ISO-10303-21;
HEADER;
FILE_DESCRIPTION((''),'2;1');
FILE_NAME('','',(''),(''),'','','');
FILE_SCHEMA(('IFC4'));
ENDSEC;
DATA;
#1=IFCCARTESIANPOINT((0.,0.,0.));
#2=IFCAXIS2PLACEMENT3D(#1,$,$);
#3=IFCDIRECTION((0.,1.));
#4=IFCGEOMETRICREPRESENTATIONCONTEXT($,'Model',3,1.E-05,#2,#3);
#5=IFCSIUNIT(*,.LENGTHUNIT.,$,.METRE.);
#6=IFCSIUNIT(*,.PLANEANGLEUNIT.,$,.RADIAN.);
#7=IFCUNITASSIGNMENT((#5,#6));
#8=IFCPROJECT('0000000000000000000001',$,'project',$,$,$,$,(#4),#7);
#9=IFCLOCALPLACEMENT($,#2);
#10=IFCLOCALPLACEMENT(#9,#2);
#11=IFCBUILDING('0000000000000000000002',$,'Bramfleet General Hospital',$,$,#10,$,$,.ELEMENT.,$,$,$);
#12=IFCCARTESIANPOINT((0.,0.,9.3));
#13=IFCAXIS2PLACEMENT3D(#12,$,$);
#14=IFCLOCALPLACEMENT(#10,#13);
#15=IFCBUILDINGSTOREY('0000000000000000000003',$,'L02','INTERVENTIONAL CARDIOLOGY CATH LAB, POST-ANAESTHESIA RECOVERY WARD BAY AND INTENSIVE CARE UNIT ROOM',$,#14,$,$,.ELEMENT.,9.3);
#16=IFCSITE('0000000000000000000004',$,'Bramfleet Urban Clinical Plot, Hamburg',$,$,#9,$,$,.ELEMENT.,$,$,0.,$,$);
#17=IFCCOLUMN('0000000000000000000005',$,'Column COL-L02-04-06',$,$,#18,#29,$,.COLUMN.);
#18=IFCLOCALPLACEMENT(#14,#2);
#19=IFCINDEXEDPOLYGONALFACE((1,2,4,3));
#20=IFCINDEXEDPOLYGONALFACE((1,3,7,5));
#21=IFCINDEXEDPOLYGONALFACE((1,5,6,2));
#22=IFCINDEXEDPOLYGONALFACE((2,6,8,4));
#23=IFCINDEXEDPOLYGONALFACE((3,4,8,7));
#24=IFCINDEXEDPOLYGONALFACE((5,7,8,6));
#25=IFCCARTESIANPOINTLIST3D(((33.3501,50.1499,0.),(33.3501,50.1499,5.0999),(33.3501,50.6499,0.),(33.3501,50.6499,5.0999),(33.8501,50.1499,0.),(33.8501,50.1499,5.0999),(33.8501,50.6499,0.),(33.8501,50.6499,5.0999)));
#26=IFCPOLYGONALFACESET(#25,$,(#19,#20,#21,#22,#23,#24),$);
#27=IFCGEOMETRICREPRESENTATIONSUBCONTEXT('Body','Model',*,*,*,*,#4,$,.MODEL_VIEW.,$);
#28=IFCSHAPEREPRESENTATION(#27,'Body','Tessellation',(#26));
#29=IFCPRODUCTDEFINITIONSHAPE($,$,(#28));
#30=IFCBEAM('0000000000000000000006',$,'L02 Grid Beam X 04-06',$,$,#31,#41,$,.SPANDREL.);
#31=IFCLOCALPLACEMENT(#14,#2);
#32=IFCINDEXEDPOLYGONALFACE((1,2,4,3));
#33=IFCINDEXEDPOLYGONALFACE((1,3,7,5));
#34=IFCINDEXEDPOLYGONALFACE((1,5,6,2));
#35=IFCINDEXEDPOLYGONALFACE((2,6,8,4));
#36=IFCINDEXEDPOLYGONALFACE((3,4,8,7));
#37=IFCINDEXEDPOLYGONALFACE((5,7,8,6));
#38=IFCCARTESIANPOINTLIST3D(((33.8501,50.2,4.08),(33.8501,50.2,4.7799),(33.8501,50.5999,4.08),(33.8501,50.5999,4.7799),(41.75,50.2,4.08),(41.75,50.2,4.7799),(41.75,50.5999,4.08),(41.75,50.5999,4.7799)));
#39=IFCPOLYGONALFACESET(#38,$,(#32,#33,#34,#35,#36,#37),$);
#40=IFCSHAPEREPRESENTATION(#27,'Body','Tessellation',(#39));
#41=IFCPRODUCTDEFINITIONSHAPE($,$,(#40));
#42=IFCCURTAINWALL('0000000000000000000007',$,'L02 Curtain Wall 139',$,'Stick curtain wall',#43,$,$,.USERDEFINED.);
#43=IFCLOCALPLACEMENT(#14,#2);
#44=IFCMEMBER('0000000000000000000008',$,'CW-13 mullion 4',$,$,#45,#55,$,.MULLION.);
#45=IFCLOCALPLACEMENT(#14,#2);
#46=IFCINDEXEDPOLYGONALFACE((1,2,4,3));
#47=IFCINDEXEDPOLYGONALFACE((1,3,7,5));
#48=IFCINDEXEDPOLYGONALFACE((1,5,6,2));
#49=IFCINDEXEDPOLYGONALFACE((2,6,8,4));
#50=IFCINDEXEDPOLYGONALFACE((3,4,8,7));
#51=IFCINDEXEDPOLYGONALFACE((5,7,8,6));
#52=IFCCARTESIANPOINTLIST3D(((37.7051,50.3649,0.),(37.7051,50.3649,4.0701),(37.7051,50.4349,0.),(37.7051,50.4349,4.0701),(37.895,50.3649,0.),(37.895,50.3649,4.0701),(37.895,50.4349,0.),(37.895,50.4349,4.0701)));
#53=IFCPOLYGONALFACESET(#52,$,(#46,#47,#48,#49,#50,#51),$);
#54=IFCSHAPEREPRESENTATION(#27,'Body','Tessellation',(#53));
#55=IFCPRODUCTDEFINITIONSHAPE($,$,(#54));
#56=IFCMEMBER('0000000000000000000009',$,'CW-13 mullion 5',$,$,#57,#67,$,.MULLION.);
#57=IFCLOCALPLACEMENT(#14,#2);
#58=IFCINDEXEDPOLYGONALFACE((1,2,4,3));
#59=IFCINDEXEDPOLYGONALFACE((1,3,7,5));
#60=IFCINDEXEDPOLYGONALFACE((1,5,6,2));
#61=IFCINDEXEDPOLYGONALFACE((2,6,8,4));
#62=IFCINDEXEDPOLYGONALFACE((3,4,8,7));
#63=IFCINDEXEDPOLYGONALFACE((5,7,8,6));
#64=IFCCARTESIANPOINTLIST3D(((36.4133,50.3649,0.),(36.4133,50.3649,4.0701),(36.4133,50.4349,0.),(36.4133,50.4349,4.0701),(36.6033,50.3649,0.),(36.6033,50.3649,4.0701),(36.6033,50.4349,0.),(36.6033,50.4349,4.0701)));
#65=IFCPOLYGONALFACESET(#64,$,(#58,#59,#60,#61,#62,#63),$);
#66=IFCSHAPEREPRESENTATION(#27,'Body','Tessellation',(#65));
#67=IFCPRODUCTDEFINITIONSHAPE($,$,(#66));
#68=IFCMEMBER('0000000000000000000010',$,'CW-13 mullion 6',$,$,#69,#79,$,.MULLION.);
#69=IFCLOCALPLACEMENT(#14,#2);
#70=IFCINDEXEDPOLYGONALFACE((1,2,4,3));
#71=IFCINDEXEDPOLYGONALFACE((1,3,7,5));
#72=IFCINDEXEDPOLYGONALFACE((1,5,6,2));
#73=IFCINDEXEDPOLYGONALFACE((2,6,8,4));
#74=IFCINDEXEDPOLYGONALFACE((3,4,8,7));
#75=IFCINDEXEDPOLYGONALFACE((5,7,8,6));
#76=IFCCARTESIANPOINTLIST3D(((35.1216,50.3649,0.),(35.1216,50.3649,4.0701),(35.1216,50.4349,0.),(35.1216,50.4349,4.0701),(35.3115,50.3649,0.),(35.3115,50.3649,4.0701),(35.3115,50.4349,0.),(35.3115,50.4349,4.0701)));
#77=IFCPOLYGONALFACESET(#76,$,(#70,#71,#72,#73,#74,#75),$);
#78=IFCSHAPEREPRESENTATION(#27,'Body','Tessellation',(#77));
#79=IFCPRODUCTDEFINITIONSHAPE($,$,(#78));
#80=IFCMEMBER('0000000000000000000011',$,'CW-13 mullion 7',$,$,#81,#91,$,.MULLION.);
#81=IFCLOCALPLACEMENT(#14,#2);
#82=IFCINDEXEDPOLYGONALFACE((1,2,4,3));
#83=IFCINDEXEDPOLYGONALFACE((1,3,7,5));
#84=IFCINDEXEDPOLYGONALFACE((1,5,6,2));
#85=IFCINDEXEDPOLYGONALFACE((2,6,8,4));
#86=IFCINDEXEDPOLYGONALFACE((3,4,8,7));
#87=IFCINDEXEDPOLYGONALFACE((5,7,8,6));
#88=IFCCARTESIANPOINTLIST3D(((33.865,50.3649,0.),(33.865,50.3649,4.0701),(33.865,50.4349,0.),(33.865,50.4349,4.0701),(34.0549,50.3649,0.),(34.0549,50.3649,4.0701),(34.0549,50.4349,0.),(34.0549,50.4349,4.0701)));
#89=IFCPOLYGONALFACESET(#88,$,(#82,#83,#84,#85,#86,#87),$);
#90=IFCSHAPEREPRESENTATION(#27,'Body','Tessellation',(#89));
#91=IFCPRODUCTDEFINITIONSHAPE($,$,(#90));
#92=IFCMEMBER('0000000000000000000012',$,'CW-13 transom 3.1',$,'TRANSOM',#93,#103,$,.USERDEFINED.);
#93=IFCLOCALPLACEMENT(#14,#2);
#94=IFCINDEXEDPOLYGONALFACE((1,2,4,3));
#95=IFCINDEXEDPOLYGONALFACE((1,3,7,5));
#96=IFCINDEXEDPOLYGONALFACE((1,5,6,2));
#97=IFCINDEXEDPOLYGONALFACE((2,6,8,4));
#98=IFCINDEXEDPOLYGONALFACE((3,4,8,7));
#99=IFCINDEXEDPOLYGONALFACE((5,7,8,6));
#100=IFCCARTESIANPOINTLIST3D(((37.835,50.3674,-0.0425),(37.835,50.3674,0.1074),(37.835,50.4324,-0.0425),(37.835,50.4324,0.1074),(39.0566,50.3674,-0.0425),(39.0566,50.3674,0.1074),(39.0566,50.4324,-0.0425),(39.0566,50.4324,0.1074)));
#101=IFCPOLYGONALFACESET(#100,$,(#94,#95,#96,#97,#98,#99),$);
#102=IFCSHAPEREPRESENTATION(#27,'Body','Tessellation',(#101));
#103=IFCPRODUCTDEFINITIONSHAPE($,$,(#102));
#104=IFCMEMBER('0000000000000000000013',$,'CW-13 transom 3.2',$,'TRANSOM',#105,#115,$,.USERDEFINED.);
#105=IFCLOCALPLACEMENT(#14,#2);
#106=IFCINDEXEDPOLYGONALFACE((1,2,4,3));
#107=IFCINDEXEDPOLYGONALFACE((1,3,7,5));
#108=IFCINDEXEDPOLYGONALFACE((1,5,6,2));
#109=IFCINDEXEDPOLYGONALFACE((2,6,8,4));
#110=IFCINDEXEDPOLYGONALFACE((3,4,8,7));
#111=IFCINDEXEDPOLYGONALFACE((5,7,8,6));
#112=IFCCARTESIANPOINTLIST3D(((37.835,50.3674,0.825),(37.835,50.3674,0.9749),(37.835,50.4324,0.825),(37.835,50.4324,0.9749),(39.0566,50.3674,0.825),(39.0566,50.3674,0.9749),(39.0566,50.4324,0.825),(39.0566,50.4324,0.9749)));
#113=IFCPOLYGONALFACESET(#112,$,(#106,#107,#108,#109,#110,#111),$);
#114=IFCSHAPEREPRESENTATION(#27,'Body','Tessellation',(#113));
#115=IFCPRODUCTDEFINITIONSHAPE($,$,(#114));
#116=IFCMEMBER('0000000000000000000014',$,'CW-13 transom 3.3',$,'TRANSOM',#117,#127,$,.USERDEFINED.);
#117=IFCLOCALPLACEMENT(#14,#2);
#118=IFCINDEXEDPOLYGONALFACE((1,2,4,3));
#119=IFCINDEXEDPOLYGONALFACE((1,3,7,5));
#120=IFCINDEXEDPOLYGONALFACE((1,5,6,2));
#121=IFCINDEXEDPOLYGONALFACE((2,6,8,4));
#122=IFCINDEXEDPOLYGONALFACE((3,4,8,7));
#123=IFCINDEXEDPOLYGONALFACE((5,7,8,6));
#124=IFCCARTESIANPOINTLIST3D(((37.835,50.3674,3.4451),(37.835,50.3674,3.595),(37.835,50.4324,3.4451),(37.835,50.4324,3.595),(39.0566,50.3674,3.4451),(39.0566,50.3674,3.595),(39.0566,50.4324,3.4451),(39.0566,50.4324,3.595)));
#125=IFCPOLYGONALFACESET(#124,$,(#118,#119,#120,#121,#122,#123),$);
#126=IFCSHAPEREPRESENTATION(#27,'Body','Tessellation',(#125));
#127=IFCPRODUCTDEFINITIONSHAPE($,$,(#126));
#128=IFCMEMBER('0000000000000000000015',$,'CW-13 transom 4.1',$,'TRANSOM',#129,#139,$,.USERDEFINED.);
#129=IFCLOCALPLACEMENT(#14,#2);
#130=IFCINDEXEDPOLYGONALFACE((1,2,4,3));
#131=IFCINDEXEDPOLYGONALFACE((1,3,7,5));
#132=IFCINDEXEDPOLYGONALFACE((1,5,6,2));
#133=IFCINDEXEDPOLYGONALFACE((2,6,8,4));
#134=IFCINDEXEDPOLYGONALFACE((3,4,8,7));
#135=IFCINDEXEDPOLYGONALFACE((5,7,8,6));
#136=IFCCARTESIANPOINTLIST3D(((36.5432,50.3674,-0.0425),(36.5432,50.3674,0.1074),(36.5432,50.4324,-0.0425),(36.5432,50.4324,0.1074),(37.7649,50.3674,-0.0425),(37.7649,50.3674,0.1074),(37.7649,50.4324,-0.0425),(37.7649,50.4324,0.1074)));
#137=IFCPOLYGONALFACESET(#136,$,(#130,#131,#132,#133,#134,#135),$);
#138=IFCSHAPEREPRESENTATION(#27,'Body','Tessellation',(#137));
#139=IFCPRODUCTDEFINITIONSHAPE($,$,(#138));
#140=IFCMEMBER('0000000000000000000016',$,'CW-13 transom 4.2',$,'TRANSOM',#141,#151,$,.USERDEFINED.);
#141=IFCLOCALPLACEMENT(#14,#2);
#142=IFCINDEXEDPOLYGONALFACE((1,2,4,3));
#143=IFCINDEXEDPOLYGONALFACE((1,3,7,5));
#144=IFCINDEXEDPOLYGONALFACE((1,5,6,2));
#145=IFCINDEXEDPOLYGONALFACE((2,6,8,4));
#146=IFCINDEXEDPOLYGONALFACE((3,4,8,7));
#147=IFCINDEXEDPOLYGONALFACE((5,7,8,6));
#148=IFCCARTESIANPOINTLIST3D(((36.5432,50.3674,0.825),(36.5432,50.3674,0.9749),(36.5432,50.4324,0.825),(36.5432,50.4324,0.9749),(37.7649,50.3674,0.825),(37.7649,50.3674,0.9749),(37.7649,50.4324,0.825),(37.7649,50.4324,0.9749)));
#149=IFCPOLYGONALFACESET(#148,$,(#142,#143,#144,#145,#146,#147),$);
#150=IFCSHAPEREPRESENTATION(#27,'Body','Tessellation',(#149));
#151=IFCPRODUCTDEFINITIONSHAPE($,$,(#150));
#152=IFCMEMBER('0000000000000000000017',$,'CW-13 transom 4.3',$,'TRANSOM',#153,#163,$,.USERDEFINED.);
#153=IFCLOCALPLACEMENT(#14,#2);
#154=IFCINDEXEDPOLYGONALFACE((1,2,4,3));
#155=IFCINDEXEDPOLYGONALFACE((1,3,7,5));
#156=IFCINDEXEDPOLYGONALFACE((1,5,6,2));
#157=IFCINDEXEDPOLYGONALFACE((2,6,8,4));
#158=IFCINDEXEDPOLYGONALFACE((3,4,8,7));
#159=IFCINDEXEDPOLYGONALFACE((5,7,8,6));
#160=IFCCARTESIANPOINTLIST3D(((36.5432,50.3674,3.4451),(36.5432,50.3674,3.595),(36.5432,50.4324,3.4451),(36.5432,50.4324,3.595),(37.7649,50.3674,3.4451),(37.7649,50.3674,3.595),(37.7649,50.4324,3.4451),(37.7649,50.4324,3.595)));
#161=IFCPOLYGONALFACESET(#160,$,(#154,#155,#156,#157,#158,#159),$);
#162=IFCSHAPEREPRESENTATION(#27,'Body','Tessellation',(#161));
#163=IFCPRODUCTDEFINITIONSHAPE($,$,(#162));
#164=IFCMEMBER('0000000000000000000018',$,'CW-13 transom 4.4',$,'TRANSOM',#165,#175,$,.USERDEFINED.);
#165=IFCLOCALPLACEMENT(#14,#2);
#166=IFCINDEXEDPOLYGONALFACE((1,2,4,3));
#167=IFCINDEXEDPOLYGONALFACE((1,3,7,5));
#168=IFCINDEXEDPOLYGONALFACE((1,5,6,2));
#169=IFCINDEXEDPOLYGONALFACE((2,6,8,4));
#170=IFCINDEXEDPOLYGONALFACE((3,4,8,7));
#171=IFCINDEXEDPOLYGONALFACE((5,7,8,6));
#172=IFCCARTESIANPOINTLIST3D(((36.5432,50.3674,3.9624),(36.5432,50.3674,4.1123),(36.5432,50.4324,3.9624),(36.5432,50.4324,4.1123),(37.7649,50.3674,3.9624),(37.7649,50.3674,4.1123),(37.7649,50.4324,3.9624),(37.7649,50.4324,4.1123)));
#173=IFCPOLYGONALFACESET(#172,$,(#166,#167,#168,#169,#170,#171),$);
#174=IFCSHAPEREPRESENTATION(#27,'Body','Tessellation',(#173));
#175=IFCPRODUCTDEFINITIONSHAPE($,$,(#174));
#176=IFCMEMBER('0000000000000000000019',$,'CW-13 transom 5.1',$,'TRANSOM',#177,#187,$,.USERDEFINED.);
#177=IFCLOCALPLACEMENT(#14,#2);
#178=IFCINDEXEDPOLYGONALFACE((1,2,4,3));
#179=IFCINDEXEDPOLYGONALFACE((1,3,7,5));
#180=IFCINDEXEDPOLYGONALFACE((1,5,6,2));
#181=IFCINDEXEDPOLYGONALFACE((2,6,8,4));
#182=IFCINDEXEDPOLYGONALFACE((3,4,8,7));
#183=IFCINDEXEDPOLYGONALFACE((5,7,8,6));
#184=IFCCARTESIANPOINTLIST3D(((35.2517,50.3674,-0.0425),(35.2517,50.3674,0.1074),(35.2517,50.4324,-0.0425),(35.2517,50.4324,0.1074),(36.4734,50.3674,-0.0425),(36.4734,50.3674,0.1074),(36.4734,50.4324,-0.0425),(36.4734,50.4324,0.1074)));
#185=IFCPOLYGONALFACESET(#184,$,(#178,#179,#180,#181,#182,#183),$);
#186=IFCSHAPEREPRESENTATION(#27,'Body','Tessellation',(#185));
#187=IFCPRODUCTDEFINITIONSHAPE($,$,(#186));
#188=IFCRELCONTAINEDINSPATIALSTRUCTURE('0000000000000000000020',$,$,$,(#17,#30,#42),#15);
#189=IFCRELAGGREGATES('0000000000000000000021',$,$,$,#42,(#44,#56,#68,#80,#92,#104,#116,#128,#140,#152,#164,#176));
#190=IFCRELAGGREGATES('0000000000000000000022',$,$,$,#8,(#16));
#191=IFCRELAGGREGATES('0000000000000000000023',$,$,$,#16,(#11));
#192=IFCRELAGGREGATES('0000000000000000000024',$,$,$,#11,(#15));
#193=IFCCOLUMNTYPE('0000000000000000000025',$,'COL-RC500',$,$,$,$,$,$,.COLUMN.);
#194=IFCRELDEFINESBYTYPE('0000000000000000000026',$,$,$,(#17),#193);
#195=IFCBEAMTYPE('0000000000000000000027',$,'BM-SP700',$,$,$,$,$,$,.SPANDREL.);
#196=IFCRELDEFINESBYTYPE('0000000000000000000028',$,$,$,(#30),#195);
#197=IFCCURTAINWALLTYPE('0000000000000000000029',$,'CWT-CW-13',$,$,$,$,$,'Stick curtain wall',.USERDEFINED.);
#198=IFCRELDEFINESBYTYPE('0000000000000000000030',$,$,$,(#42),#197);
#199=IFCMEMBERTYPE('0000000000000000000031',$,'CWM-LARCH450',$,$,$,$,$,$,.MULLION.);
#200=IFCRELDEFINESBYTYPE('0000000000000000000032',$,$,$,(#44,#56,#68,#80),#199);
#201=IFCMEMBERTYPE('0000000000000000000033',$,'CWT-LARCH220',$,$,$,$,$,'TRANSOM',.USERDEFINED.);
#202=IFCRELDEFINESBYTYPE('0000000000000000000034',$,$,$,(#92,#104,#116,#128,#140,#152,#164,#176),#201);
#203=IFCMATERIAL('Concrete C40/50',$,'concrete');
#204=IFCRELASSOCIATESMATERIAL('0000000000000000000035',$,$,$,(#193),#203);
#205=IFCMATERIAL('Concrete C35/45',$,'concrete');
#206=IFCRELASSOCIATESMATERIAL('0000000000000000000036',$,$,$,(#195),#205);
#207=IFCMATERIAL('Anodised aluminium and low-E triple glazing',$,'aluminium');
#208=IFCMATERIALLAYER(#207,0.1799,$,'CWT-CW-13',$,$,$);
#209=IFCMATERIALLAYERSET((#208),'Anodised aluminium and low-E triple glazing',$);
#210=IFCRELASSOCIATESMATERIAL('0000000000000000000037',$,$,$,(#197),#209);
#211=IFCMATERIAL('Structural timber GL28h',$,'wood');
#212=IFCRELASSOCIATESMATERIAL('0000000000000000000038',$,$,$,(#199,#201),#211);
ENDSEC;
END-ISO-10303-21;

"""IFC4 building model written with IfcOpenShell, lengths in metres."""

from ifc_helpers import new_model, si_unit, direction, frame, origin, origin_2d, place, context, subcontext, project, spatial, rectangle, extrude, material, layer, layer_set, material_profile, profile_set, type_object, element, aggregate, save


model = new_model("IFC4")

# Units and contexts
model_context = context("Model", 3, precision=1e-05, world=origin(), true_north=direction((0.0, 1.0)))
body_context = subcontext(model_context, "Body", "Model", "MODEL_VIEW")
ifc_project = project(units=[si_unit("LENGTHUNIT", "METRE"), si_unit("PLANEANGLEUNIT", "RADIAN")], contexts=[model_context])

# Site, building, storey
site_placement = place(None, origin())
site = spatial("IfcSite", under=ifc_project, at=site_placement, Name="Bramfleet Urban Clinical Plot, Hamburg", CompositionType="ELEMENT", RefElevation=0.0)
building_placement = place(site_placement, origin())
building = spatial("IfcBuilding", under=site, at=building_placement, Name="Bramfleet General Hospital", CompositionType="ELEMENT")
storey_placement = place(building_placement, frame((0.0, 0.0, 9.3)))
storey = spatial("IfcBuildingStorey", under=building, at=storey_placement, Name="L02", Description="INTERVENTIONAL CARDIOLOGY CATH LAB, POST-ANAESTHESIA RECOVERY WARD BAY AND INTENSIVE CARE UNIT ROOM", CompositionType="ELEMENT", Elevation=9.3)

# Column
ifc_material_1 = material(Name="Concrete C40/50", Category="concrete")
ifc_material_profile_1 = material_profile(ifc_material_1, rectangle(XDim=0.5, YDim=0.5, at=origin_2d()), Name="RC COL 500x500")
ifc_profile_set_1 = profile_set([ifc_material_profile_1], Name="Concrete C40/50")
column_type = type_object("IfcColumnType", Name="COL-RC500", PredefinedType="COLUMN", material=ifc_profile_set_1)
column_placement = place(storey_placement, frame((33.6001, 50.3999, 0.0), z_axis=(0.0, 0.0, 1.0), x_axis=(1.0, 0.0, 0.0)))
element("IfcColumn", 1, at=column_placement, inside=storey, type_object=column_type, Name="Column COL-L02-04-06", PredefinedType="COLUMN", context=body_context, shape_type="SweptSolid", body=[
    extrude(rectangle(XDim=0.5, YDim=0.5, at=origin_2d()), origin(), (0.0, 0.0, 1.0), 5.0999),
])

# Beam
ifc_material_2 = material(Name="Concrete C35/45", Category="concrete")
ifc_material_profile_2 = material_profile(ifc_material_2, rectangle(XDim=0.3999, YDim=0.7, at=origin_2d()), Name="RC SP 700x400")
ifc_profile_set_2 = profile_set([ifc_material_profile_2], Name="Concrete C35/45")
beam_type = type_object("IfcBeamType", Name="BM-SP700", PredefinedType="SPANDREL", material=ifc_profile_set_2)
beam_placement = place(storey_placement, frame((33.8501, 50.3999, 4.4299), z_axis=(1.0, 0.0, 0.0), x_axis=(0.0, 1.0, 0.0)))
element("IfcBeam", 2, at=beam_placement, inside=storey, type_object=beam_type, Name="L02 Grid Beam X 04-06", PredefinedType="SPANDREL", context=body_context, shape_type="SweptSolid", body=[
    extrude(rectangle(XDim=0.3999, YDim=0.7, at=origin_2d()), origin(), (0.0, 0.0, 1.0), 7.8999),
])

# Curtain wall, members
ifc_material_3 = material(Name="Anodised aluminium and low-E triple glazing", Category="aluminium")
ifc_layer_1 = layer(ifc_material_3, 0.1799, Name="CWT-CW-13")
ifc_layer_set_1 = layer_set([ifc_layer_1], Name="Anodised aluminium and low-E triple glazing")
curtain_wall_type = type_object("IfcCurtainWallType", Name="CWT-CW-13", ElementType="Stick curtain wall", PredefinedType="USERDEFINED", material=ifc_layer_set_1)
curtain_wall_placement = place(storey_placement, origin())
curtain_wall = element("IfcCurtainWall", 3, at=curtain_wall_placement, inside=storey, type_object=curtain_wall_type, Name="L02 Curtain Wall 139", ObjectType="Stick curtain wall", PredefinedType="USERDEFINED")
ifc_material_4 = material(Name="Structural timber GL28h", Category="wood")
ifc_material_profile_3 = material_profile(ifc_material_4, rectangle(XDim=0.0701, YDim=0.1899, at=origin_2d()), Name="LARCH 190x70")
ifc_profile_set_3 = profile_set([ifc_material_profile_3], Name="Structural timber GL28h")
member_type_1 = type_object("IfcMemberType", Name="CWM-LARCH450", PredefinedType="MULLION", material=ifc_profile_set_3)
member_1_placement = place(storey_placement, frame((37.8, 50.3999, 0.0), z_axis=(0.0, 0.0, 1.0), x_axis=(0.0, -1.0, 0.0)))
member_1 = element("IfcMember", 4, at=member_1_placement, type_object=member_type_1, Name="CW-13 mullion 4", PredefinedType="MULLION", context=body_context, shape_type="SweptSolid", body=[
    extrude(rectangle(XDim=0.0701, YDim=0.1899, at=origin_2d()), origin(), (0.0, 0.0, 1.0), 4.0701),
])
member_2_placement = place(storey_placement, frame((36.5083, 50.3999, 0.0), z_axis=(0.0, 0.0, 1.0), x_axis=(0.0, -1.0, 0.0)))
member_2 = element("IfcMember", 5, at=member_2_placement, type_object=member_type_1, Name="CW-13 mullion 5", PredefinedType="MULLION", context=body_context, shape_type="SweptSolid", body=[
    extrude(rectangle(XDim=0.0701, YDim=0.1899, at=origin_2d()), origin(), (0.0, 0.0, 1.0), 4.0701),
])
member_3_placement = place(storey_placement, frame((35.2166, 50.3999, 0.0), z_axis=(0.0, 0.0, 1.0), x_axis=(0.0, -1.0, 0.0)))
member_3 = element("IfcMember", 6, at=member_3_placement, type_object=member_type_1, Name="CW-13 mullion 6", PredefinedType="MULLION", context=body_context, shape_type="SweptSolid", body=[
    extrude(rectangle(XDim=0.0701, YDim=0.1899, at=origin_2d()), origin(), (0.0, 0.0, 1.0), 4.0701),
])
member_4_placement = place(storey_placement, frame((33.96, 50.3999, 0.0), z_axis=(0.0, 0.0, 1.0), x_axis=(0.0, -1.0, 0.0)))
member_4 = element("IfcMember", 7, at=member_4_placement, type_object=member_type_1, Name="CW-13 mullion 7", PredefinedType="MULLION", context=body_context, shape_type="SweptSolid", body=[
    extrude(rectangle(XDim=0.0701, YDim=0.1899, at=origin_2d()), origin(), (0.0, 0.0, 1.0), 4.0701),
])
ifc_material_profile_4 = material_profile(ifc_material_4, rectangle(XDim=0.0649, YDim=0.1499, at=origin_2d()), Name="LARCH 150x65")
ifc_profile_set_4 = profile_set([ifc_material_profile_4], Name="Structural timber GL28h")
member_type_2 = type_object("IfcMemberType", Name="CWT-LARCH220", ElementType="TRANSOM", PredefinedType="USERDEFINED", material=ifc_profile_set_4)
member_5_placement = place(storey_placement, frame((39.0566, 50.3999, 0.0325), z_axis=(-1.0, 0.0, 0.0), x_axis=(0.0, -1.0, 0.0)))
member_5 = element("IfcMember", 8, at=member_5_placement, type_object=member_type_2, Name="CW-13 transom 3.1", ObjectType="TRANSOM", PredefinedType="USERDEFINED", context=body_context, shape_type="SweptSolid", body=[
    extrude(rectangle(XDim=0.0649, YDim=0.1499, at=origin_2d()), origin(), (0.0, 0.0, 1.0), 1.2217),
])
member_6_placement = place(storey_placement, frame((39.0566, 50.3999, 0.8999), z_axis=(-1.0, 0.0, 0.0), x_axis=(0.0, -1.0, 0.0)))
member_6 = element("IfcMember", 9, at=member_6_placement, type_object=member_type_2, Name="CW-13 transom 3.2", ObjectType="TRANSOM", PredefinedType="USERDEFINED", context=body_context, shape_type="SweptSolid", body=[
    extrude(rectangle(XDim=0.0649, YDim=0.1499, at=origin_2d()), origin(), (0.0, 0.0, 1.0), 1.2217),
])
member_7_placement = place(storey_placement, frame((39.0566, 50.3999, 3.52), z_axis=(-1.0, 0.0, 0.0), x_axis=(0.0, -1.0, 0.0)))
member_7 = element("IfcMember", 10, at=member_7_placement, type_object=member_type_2, Name="CW-13 transom 3.3", ObjectType="TRANSOM", PredefinedType="USERDEFINED", context=body_context, shape_type="SweptSolid", body=[
    extrude(rectangle(XDim=0.0649, YDim=0.1499, at=origin_2d()), origin(), (0.0, 0.0, 1.0), 1.2217),
])
member_8_placement = place(storey_placement, frame((37.7649, 50.3999, 0.0325), z_axis=(-1.0, 0.0, 0.0), x_axis=(0.0, -1.0, 0.0)))
member_8 = element("IfcMember", 11, at=member_8_placement, type_object=member_type_2, Name="CW-13 transom 4.1", ObjectType="TRANSOM", PredefinedType="USERDEFINED", context=body_context, shape_type="SweptSolid", body=[
    extrude(rectangle(XDim=0.0649, YDim=0.1499, at=origin_2d()), origin(), (0.0, 0.0, 1.0), 1.2217),
])
member_9_placement = place(storey_placement, frame((37.7649, 50.3999, 0.8999), z_axis=(-1.0, 0.0, 0.0), x_axis=(0.0, -1.0, 0.0)))
member_9 = element("IfcMember", 12, at=member_9_placement, type_object=member_type_2, Name="CW-13 transom 4.2", ObjectType="TRANSOM", PredefinedType="USERDEFINED", context=body_context, shape_type="SweptSolid", body=[
    extrude(rectangle(XDim=0.0649, YDim=0.1499, at=origin_2d()), origin(), (0.0, 0.0, 1.0), 1.2217),
])
member_10_placement = place(storey_placement, frame((37.7649, 50.3999, 3.52), z_axis=(-1.0, 0.0, 0.0), x_axis=(0.0, -1.0, 0.0)))
member_10 = element("IfcMember", 13, at=member_10_placement, type_object=member_type_2, Name="CW-13 transom 4.3", ObjectType="TRANSOM", PredefinedType="USERDEFINED", context=body_context, shape_type="SweptSolid", body=[
    extrude(rectangle(XDim=0.0649, YDim=0.1499, at=origin_2d()), origin(), (0.0, 0.0, 1.0), 1.2217),
])
member_11_placement = place(storey_placement, frame((37.7649, 50.3999, 4.0374), z_axis=(-1.0, 0.0, 0.0), x_axis=(0.0, -1.0, 0.0)))
member_11 = element("IfcMember", 14, at=member_11_placement, type_object=member_type_2, Name="CW-13 transom 4.4", ObjectType="TRANSOM", PredefinedType="USERDEFINED", context=body_context, shape_type="SweptSolid", body=[
    extrude(rectangle(XDim=0.0649, YDim=0.1499, at=origin_2d()), origin(), (0.0, 0.0, 1.0), 1.2217),
])
member_12_placement = place(storey_placement, frame((36.4734, 50.3999, 0.0325), z_axis=(-1.0, 0.0, 0.0), x_axis=(0.0, -1.0, 0.0)))
member_12 = element("IfcMember", 15, at=member_12_placement, type_object=member_type_2, Name="CW-13 transom 5.1", ObjectType="TRANSOM", PredefinedType="USERDEFINED", context=body_context, shape_type="SweptSolid", body=[
    extrude(rectangle(XDim=0.0649, YDim=0.1499, at=origin_2d()), origin(), (0.0, 0.0, 1.0), 1.2217),
])
aggregate(curtain_wall, [member_1, member_2, member_3, member_4, member_5, member_6, member_7, member_8, member_9, member_10, member_11, member_12])

save(model, "model.ifc")
